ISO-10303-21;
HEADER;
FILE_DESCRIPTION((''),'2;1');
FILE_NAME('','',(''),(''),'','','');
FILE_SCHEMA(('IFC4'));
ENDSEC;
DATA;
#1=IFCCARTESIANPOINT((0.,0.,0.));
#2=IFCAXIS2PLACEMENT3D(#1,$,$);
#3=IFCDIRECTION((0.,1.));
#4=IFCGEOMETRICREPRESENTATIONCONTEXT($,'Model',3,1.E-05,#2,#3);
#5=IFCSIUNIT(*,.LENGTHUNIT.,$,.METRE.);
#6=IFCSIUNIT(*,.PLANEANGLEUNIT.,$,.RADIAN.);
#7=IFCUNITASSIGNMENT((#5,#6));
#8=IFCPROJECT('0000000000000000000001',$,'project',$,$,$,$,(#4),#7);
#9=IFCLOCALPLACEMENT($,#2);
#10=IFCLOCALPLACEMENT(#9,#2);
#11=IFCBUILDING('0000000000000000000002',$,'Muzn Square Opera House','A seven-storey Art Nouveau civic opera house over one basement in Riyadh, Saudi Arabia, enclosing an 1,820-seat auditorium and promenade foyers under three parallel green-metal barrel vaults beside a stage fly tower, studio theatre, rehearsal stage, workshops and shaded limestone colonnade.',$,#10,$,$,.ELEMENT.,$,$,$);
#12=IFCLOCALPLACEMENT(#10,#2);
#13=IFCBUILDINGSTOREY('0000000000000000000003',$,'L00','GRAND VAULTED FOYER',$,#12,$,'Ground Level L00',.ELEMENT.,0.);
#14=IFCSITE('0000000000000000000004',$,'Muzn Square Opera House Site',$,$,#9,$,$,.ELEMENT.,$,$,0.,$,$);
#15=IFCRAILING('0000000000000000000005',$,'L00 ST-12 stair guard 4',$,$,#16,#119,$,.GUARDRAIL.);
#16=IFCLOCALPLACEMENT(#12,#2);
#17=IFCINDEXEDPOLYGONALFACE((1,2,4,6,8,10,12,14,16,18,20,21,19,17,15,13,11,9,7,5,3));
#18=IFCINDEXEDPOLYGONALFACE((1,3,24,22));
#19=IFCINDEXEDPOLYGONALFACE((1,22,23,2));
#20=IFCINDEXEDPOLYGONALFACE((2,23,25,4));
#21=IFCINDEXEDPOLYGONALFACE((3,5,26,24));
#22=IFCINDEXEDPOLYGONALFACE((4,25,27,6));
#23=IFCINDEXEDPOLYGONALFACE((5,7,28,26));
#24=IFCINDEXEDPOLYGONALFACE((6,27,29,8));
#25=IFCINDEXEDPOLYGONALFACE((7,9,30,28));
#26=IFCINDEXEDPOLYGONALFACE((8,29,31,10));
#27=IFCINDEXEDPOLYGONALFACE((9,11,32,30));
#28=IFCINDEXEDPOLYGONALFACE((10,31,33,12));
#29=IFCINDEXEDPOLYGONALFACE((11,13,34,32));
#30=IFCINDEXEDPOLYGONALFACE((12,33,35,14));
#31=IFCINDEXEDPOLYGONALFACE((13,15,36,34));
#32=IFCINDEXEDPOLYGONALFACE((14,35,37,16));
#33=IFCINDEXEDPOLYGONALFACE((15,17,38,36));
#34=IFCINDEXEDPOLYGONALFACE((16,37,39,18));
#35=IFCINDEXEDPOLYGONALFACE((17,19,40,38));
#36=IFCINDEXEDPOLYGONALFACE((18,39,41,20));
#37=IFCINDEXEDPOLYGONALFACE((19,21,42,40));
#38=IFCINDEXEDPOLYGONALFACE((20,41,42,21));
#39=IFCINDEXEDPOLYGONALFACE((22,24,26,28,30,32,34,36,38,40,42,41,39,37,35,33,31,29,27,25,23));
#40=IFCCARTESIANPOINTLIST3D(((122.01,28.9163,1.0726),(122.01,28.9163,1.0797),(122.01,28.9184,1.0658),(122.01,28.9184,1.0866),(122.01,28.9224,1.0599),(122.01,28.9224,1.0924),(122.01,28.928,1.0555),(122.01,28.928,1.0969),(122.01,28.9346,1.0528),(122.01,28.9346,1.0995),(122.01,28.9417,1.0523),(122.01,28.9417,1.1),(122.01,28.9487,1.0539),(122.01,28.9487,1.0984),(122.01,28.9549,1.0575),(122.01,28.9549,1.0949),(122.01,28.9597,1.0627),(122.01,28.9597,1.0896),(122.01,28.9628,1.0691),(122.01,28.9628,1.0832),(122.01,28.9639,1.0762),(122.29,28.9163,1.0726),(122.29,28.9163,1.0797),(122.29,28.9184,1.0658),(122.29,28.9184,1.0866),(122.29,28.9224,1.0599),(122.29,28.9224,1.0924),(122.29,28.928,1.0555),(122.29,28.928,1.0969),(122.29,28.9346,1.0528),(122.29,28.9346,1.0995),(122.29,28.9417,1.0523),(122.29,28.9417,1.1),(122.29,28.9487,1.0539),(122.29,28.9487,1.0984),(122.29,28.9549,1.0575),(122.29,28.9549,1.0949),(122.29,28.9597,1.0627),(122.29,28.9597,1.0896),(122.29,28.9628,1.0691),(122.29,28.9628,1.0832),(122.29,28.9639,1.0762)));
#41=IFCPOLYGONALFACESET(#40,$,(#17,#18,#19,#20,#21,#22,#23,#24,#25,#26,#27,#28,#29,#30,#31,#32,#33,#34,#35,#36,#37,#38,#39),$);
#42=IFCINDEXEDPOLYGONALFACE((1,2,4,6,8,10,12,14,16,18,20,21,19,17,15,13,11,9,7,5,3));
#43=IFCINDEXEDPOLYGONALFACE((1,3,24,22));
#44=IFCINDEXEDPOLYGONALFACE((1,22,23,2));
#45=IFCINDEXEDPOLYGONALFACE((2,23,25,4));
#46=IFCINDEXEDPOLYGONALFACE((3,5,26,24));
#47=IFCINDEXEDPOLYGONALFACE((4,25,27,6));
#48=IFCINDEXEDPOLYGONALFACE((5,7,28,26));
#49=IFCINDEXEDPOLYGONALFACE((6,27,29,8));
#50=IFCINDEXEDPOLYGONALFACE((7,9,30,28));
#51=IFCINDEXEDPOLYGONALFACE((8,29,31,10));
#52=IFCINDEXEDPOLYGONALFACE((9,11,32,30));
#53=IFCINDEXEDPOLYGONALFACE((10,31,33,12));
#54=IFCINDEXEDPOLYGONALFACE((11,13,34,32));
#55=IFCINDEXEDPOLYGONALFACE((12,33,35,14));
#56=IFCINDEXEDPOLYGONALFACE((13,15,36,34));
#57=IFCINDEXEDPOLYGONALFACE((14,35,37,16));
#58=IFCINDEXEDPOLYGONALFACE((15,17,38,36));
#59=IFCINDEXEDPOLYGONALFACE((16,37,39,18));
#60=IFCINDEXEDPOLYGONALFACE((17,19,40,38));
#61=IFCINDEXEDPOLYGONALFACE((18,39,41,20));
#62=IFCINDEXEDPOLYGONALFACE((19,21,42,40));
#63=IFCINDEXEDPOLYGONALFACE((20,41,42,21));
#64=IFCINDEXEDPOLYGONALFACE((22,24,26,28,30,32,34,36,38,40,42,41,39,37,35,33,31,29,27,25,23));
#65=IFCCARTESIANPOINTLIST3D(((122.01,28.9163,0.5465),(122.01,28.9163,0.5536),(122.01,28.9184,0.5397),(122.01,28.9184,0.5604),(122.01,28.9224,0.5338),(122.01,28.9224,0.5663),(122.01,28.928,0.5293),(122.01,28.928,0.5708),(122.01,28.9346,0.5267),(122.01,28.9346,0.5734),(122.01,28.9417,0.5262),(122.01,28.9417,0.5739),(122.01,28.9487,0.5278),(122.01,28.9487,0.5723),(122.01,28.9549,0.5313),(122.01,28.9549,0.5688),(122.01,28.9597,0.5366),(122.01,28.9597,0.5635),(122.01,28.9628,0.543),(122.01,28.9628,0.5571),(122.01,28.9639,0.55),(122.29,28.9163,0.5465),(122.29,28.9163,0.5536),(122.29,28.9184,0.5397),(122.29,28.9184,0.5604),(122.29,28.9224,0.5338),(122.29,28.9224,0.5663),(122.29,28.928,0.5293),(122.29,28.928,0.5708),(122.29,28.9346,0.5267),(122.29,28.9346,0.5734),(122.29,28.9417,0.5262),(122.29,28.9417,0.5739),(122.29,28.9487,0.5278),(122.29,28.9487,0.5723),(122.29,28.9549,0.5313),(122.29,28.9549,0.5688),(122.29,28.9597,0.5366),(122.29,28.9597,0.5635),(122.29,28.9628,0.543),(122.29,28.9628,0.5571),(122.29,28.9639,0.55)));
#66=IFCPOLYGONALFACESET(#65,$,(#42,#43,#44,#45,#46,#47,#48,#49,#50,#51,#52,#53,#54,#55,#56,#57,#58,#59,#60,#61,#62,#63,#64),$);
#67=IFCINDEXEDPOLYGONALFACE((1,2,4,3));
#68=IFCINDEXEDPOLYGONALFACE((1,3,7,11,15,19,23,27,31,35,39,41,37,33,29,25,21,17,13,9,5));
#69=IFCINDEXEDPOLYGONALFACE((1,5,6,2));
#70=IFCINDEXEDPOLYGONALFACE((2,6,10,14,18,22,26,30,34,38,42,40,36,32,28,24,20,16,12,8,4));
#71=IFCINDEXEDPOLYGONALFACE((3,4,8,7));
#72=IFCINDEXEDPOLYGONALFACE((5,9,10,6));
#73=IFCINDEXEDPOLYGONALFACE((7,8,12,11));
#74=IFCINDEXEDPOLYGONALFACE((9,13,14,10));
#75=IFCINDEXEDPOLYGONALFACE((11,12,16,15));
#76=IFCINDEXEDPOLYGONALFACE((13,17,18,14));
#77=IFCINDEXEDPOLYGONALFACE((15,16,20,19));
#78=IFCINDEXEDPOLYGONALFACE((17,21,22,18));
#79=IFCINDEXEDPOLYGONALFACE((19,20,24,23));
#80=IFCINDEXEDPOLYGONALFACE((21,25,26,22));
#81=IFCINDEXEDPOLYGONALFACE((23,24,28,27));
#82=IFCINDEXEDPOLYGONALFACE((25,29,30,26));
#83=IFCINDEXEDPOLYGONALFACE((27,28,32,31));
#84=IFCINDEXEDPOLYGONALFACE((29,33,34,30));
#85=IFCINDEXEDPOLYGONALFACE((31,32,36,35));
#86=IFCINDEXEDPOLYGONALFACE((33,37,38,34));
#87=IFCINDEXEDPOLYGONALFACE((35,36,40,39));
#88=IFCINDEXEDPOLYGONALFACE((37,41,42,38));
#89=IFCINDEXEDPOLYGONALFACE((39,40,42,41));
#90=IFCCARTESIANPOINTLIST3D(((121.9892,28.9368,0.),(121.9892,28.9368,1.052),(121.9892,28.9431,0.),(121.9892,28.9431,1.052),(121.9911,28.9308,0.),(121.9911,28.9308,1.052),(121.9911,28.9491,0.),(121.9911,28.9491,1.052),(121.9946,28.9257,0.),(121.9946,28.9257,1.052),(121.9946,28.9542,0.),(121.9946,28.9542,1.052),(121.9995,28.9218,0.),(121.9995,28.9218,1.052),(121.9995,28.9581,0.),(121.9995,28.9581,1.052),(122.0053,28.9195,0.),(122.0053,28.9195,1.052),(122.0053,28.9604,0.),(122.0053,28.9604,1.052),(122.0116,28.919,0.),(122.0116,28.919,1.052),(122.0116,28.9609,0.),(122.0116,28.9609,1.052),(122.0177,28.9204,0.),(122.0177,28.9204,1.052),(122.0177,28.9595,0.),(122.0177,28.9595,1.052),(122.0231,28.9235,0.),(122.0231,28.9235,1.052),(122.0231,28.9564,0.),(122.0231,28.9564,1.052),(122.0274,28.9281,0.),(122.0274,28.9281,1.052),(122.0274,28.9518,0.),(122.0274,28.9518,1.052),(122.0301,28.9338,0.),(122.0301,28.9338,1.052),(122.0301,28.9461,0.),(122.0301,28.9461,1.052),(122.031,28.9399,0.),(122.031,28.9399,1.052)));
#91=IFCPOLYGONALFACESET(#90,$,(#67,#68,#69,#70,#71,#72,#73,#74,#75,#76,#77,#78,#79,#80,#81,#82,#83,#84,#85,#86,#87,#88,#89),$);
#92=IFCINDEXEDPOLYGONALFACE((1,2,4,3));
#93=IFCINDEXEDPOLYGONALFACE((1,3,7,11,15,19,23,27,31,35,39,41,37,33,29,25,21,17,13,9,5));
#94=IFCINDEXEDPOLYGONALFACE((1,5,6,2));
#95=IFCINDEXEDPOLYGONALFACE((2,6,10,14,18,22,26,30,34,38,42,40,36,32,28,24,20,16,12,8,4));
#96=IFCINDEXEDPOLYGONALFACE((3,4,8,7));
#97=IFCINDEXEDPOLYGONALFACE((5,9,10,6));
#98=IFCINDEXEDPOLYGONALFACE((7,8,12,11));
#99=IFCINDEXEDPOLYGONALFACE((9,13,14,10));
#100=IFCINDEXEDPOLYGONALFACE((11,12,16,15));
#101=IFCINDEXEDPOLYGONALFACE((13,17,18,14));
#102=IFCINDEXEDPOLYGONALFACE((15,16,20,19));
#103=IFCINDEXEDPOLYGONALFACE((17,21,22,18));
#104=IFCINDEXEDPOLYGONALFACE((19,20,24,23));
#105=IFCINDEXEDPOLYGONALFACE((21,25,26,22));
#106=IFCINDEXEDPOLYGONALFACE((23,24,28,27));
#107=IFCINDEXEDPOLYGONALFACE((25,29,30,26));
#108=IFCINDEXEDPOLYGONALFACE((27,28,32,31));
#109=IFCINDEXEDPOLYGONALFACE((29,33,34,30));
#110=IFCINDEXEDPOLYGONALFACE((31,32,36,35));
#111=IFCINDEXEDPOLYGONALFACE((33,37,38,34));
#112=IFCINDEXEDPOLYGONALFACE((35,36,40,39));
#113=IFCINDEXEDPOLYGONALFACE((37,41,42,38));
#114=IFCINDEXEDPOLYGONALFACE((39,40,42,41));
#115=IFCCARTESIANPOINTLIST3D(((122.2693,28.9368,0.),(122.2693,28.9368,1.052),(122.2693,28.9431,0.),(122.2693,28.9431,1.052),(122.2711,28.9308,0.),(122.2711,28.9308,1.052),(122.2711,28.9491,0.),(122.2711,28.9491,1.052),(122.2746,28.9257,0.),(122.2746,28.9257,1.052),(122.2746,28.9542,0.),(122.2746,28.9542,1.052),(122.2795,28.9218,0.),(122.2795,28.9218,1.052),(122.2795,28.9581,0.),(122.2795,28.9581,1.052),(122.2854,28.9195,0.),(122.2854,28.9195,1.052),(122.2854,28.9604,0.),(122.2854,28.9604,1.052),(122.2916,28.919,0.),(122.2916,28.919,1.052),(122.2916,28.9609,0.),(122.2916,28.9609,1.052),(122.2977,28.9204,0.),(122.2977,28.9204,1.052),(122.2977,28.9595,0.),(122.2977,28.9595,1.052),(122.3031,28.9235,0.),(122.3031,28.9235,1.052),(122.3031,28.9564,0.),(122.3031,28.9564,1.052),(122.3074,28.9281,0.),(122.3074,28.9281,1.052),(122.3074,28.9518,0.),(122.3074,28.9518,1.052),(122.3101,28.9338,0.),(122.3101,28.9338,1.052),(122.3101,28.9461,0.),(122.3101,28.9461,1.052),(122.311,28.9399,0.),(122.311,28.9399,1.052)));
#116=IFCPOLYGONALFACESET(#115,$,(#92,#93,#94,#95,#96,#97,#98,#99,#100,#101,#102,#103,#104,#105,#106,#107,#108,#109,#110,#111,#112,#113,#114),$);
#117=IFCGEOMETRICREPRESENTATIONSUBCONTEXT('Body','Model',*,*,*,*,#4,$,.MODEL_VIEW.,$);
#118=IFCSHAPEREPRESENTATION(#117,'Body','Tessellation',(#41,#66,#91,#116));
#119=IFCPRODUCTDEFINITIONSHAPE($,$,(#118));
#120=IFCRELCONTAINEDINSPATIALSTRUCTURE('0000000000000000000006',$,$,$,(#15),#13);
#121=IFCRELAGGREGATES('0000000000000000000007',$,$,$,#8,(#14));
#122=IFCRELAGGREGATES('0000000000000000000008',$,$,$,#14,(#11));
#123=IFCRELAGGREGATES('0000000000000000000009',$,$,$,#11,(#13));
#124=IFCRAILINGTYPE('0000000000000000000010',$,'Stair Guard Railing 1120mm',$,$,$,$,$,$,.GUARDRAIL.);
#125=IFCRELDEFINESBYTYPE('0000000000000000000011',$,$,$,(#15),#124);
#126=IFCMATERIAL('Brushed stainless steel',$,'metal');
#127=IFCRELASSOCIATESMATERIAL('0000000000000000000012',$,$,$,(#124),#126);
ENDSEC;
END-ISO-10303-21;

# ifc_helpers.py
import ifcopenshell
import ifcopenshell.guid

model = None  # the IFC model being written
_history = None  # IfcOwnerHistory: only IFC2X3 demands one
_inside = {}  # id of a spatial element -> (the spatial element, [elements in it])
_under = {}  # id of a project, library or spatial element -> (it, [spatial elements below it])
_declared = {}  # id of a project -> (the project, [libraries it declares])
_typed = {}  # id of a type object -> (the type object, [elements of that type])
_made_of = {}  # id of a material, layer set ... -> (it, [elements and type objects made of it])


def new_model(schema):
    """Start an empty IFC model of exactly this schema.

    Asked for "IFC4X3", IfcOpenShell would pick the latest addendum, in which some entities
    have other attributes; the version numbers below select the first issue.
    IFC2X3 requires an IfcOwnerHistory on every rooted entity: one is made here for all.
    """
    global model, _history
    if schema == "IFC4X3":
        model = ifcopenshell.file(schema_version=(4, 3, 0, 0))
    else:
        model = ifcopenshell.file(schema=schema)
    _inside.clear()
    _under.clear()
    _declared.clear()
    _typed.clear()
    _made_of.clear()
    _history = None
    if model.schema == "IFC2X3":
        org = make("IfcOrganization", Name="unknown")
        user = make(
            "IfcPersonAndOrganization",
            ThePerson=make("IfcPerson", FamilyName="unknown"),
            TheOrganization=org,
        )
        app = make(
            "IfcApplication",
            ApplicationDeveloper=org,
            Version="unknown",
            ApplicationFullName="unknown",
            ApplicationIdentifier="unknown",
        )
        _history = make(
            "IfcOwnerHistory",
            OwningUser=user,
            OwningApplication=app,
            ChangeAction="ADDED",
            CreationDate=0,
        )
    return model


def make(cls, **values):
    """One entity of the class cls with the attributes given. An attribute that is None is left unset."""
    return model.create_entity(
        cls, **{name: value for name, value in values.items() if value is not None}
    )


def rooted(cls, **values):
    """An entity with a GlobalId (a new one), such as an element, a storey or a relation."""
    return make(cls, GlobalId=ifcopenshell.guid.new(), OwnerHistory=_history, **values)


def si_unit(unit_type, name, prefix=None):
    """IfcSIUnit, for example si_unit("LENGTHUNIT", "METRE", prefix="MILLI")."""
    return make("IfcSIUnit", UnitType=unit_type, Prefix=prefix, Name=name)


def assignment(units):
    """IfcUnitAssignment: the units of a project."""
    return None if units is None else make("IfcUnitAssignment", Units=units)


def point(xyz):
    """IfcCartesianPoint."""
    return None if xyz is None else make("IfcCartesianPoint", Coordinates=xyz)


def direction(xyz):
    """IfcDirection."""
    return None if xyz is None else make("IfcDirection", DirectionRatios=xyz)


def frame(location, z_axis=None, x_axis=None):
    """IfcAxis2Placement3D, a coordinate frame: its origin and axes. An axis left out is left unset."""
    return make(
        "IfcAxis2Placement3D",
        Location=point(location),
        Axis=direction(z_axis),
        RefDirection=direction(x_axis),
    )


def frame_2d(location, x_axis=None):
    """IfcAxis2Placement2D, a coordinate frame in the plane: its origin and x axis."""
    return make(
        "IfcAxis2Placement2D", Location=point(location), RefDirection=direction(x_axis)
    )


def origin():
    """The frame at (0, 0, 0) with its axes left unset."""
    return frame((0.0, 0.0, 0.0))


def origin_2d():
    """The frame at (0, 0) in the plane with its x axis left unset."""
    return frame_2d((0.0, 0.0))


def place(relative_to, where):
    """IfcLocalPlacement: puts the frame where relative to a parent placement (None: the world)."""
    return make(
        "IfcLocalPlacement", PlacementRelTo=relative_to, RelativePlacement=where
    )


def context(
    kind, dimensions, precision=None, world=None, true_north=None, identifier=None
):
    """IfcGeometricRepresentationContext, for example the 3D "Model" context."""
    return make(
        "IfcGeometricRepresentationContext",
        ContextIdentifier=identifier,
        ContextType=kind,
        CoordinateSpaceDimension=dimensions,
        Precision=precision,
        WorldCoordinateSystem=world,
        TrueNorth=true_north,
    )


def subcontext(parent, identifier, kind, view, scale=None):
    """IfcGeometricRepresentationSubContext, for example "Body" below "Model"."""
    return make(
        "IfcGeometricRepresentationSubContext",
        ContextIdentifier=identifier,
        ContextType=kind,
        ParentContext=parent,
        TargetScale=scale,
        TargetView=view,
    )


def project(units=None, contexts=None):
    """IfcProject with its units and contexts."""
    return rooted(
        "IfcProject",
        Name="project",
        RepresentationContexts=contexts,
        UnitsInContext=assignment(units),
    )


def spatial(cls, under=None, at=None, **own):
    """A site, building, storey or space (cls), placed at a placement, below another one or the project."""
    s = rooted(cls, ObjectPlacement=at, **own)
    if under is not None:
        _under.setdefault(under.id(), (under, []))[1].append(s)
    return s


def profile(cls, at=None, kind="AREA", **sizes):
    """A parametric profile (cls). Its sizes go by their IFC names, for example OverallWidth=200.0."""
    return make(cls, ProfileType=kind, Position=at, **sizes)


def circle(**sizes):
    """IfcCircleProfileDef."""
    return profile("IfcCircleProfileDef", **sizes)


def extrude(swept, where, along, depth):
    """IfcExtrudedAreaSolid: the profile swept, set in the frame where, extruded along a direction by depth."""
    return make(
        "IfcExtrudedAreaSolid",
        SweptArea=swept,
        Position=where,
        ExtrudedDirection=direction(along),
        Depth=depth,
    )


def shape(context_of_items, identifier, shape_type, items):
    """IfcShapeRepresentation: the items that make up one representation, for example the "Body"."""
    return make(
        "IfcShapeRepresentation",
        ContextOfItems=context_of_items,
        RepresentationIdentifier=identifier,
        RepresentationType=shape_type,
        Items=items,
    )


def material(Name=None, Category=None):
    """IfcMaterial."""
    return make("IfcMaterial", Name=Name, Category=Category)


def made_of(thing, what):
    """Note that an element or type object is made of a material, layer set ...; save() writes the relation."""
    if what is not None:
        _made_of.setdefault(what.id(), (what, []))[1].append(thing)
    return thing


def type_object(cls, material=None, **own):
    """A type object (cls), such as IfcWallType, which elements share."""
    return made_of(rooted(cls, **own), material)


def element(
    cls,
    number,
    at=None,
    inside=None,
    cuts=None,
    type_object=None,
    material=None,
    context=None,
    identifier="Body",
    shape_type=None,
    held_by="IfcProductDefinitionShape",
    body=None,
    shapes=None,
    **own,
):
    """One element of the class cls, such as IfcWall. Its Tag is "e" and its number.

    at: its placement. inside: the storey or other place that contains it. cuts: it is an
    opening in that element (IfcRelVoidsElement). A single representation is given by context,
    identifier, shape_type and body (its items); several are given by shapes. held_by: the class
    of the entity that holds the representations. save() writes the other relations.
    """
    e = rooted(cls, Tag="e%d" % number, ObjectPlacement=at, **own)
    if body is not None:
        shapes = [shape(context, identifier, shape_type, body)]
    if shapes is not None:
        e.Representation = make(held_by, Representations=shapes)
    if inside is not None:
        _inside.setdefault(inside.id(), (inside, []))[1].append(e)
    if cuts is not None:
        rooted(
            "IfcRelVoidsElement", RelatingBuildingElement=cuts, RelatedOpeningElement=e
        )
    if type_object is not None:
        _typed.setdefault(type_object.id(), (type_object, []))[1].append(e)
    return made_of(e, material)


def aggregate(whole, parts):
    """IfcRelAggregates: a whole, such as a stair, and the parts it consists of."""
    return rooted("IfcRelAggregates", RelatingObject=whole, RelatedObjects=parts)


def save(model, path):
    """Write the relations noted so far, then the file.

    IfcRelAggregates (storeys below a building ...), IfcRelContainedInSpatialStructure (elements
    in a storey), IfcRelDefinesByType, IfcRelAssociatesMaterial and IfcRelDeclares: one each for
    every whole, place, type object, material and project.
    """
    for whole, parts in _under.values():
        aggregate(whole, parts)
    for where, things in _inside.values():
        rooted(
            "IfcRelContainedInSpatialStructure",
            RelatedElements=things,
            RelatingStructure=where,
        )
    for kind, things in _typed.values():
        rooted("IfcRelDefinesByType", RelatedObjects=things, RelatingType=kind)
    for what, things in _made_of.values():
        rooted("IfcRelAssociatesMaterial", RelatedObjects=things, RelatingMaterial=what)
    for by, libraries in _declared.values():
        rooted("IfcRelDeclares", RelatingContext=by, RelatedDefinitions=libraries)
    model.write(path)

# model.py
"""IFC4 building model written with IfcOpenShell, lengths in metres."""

from ifc_helpers import new_model, si_unit, direction, frame, origin, origin_2d, place, context, subcontext, project, spatial, circle, extrude, material, type_object, element, save


model = new_model("IFC4")

# Units and contexts
model_context = context("Model", 3, precision=1e-05, world=origin(), true_north=direction((0.0, 1.0)))
body_context = subcontext(model_context, "Body", "Model", "MODEL_VIEW")
ifc_project = project(units=[si_unit("LENGTHUNIT", "METRE"), si_unit("PLANEANGLEUNIT", "RADIAN")], contexts=[model_context])

# Site, building, storey
site_placement = place(None, origin())
site = spatial("IfcSite", under=ifc_project, at=site_placement, Name="Muzn Square Opera House Site", CompositionType="ELEMENT", RefElevation=0.0)
building_placement = place(site_placement, origin())
building = spatial("IfcBuilding", under=site, at=building_placement, Name="Muzn Square Opera House", Description="A seven-storey Art Nouveau civic opera house over one basement in Riyadh, Saudi Arabia, enclosing an 1,820-seat auditorium and promenade foyers under three parallel green-metal barrel vaults beside a stage fly tower, studio theatre, rehearsal stage, workshops and shaded limestone colonnade.", CompositionType="ELEMENT")
storey_placement = place(building_placement, origin())
storey = spatial("IfcBuildingStorey", under=building, at=storey_placement, Name="L00", Description="GRAND VAULTED FOYER", LongName="Ground Level L00", CompositionType="ELEMENT", Elevation=0.0)

# Shared definitions
ifc_material_1 = material(Name="Brushed stainless steel", Category="metal")

# Railing
railing_type_1 = type_object("IfcRailingType", Name="Stair Guard Railing 1120mm", PredefinedType="GUARDRAIL", material=ifc_material_1)
railing_1_placement = place(storey_placement, frame((122.01, 28.9399, 0.0)))
element("IfcRailing", 1, at=railing_1_placement, inside=storey, type_object=railing_type_1, Name="L00 ST-12 stair guard 4", PredefinedType="GUARDRAIL", context=body_context, shape_type="SweptSolid", body=[
    extrude(circle(Radius=0.0239, at=origin_2d()), frame((0.0, 0.0, 1.0762), z_axis=(1.0, 0.0, 0.0), x_axis=(0.0, 1.0, 0.0)), (0.0, 0.0, 1.0), 0.28),
    extrude(circle(Radius=0.0239, at=origin_2d()), frame((0.0, 0.0, 0.55), z_axis=(1.0, 0.0, 0.0), x_axis=(0.0, 1.0, 0.0)), (0.0, 0.0, 1.0), 0.28),
    extrude(circle(Radius=0.021, at=origin_2d()), origin(), (0.0, 0.0, 1.0), 1.052),
    extrude(circle(Radius=0.021, at=origin_2d()), frame((0.28, 0.0, 0.0)), (0.0, 0.0, 1.0), 1.052),
])

save(model, "model.ifc")
